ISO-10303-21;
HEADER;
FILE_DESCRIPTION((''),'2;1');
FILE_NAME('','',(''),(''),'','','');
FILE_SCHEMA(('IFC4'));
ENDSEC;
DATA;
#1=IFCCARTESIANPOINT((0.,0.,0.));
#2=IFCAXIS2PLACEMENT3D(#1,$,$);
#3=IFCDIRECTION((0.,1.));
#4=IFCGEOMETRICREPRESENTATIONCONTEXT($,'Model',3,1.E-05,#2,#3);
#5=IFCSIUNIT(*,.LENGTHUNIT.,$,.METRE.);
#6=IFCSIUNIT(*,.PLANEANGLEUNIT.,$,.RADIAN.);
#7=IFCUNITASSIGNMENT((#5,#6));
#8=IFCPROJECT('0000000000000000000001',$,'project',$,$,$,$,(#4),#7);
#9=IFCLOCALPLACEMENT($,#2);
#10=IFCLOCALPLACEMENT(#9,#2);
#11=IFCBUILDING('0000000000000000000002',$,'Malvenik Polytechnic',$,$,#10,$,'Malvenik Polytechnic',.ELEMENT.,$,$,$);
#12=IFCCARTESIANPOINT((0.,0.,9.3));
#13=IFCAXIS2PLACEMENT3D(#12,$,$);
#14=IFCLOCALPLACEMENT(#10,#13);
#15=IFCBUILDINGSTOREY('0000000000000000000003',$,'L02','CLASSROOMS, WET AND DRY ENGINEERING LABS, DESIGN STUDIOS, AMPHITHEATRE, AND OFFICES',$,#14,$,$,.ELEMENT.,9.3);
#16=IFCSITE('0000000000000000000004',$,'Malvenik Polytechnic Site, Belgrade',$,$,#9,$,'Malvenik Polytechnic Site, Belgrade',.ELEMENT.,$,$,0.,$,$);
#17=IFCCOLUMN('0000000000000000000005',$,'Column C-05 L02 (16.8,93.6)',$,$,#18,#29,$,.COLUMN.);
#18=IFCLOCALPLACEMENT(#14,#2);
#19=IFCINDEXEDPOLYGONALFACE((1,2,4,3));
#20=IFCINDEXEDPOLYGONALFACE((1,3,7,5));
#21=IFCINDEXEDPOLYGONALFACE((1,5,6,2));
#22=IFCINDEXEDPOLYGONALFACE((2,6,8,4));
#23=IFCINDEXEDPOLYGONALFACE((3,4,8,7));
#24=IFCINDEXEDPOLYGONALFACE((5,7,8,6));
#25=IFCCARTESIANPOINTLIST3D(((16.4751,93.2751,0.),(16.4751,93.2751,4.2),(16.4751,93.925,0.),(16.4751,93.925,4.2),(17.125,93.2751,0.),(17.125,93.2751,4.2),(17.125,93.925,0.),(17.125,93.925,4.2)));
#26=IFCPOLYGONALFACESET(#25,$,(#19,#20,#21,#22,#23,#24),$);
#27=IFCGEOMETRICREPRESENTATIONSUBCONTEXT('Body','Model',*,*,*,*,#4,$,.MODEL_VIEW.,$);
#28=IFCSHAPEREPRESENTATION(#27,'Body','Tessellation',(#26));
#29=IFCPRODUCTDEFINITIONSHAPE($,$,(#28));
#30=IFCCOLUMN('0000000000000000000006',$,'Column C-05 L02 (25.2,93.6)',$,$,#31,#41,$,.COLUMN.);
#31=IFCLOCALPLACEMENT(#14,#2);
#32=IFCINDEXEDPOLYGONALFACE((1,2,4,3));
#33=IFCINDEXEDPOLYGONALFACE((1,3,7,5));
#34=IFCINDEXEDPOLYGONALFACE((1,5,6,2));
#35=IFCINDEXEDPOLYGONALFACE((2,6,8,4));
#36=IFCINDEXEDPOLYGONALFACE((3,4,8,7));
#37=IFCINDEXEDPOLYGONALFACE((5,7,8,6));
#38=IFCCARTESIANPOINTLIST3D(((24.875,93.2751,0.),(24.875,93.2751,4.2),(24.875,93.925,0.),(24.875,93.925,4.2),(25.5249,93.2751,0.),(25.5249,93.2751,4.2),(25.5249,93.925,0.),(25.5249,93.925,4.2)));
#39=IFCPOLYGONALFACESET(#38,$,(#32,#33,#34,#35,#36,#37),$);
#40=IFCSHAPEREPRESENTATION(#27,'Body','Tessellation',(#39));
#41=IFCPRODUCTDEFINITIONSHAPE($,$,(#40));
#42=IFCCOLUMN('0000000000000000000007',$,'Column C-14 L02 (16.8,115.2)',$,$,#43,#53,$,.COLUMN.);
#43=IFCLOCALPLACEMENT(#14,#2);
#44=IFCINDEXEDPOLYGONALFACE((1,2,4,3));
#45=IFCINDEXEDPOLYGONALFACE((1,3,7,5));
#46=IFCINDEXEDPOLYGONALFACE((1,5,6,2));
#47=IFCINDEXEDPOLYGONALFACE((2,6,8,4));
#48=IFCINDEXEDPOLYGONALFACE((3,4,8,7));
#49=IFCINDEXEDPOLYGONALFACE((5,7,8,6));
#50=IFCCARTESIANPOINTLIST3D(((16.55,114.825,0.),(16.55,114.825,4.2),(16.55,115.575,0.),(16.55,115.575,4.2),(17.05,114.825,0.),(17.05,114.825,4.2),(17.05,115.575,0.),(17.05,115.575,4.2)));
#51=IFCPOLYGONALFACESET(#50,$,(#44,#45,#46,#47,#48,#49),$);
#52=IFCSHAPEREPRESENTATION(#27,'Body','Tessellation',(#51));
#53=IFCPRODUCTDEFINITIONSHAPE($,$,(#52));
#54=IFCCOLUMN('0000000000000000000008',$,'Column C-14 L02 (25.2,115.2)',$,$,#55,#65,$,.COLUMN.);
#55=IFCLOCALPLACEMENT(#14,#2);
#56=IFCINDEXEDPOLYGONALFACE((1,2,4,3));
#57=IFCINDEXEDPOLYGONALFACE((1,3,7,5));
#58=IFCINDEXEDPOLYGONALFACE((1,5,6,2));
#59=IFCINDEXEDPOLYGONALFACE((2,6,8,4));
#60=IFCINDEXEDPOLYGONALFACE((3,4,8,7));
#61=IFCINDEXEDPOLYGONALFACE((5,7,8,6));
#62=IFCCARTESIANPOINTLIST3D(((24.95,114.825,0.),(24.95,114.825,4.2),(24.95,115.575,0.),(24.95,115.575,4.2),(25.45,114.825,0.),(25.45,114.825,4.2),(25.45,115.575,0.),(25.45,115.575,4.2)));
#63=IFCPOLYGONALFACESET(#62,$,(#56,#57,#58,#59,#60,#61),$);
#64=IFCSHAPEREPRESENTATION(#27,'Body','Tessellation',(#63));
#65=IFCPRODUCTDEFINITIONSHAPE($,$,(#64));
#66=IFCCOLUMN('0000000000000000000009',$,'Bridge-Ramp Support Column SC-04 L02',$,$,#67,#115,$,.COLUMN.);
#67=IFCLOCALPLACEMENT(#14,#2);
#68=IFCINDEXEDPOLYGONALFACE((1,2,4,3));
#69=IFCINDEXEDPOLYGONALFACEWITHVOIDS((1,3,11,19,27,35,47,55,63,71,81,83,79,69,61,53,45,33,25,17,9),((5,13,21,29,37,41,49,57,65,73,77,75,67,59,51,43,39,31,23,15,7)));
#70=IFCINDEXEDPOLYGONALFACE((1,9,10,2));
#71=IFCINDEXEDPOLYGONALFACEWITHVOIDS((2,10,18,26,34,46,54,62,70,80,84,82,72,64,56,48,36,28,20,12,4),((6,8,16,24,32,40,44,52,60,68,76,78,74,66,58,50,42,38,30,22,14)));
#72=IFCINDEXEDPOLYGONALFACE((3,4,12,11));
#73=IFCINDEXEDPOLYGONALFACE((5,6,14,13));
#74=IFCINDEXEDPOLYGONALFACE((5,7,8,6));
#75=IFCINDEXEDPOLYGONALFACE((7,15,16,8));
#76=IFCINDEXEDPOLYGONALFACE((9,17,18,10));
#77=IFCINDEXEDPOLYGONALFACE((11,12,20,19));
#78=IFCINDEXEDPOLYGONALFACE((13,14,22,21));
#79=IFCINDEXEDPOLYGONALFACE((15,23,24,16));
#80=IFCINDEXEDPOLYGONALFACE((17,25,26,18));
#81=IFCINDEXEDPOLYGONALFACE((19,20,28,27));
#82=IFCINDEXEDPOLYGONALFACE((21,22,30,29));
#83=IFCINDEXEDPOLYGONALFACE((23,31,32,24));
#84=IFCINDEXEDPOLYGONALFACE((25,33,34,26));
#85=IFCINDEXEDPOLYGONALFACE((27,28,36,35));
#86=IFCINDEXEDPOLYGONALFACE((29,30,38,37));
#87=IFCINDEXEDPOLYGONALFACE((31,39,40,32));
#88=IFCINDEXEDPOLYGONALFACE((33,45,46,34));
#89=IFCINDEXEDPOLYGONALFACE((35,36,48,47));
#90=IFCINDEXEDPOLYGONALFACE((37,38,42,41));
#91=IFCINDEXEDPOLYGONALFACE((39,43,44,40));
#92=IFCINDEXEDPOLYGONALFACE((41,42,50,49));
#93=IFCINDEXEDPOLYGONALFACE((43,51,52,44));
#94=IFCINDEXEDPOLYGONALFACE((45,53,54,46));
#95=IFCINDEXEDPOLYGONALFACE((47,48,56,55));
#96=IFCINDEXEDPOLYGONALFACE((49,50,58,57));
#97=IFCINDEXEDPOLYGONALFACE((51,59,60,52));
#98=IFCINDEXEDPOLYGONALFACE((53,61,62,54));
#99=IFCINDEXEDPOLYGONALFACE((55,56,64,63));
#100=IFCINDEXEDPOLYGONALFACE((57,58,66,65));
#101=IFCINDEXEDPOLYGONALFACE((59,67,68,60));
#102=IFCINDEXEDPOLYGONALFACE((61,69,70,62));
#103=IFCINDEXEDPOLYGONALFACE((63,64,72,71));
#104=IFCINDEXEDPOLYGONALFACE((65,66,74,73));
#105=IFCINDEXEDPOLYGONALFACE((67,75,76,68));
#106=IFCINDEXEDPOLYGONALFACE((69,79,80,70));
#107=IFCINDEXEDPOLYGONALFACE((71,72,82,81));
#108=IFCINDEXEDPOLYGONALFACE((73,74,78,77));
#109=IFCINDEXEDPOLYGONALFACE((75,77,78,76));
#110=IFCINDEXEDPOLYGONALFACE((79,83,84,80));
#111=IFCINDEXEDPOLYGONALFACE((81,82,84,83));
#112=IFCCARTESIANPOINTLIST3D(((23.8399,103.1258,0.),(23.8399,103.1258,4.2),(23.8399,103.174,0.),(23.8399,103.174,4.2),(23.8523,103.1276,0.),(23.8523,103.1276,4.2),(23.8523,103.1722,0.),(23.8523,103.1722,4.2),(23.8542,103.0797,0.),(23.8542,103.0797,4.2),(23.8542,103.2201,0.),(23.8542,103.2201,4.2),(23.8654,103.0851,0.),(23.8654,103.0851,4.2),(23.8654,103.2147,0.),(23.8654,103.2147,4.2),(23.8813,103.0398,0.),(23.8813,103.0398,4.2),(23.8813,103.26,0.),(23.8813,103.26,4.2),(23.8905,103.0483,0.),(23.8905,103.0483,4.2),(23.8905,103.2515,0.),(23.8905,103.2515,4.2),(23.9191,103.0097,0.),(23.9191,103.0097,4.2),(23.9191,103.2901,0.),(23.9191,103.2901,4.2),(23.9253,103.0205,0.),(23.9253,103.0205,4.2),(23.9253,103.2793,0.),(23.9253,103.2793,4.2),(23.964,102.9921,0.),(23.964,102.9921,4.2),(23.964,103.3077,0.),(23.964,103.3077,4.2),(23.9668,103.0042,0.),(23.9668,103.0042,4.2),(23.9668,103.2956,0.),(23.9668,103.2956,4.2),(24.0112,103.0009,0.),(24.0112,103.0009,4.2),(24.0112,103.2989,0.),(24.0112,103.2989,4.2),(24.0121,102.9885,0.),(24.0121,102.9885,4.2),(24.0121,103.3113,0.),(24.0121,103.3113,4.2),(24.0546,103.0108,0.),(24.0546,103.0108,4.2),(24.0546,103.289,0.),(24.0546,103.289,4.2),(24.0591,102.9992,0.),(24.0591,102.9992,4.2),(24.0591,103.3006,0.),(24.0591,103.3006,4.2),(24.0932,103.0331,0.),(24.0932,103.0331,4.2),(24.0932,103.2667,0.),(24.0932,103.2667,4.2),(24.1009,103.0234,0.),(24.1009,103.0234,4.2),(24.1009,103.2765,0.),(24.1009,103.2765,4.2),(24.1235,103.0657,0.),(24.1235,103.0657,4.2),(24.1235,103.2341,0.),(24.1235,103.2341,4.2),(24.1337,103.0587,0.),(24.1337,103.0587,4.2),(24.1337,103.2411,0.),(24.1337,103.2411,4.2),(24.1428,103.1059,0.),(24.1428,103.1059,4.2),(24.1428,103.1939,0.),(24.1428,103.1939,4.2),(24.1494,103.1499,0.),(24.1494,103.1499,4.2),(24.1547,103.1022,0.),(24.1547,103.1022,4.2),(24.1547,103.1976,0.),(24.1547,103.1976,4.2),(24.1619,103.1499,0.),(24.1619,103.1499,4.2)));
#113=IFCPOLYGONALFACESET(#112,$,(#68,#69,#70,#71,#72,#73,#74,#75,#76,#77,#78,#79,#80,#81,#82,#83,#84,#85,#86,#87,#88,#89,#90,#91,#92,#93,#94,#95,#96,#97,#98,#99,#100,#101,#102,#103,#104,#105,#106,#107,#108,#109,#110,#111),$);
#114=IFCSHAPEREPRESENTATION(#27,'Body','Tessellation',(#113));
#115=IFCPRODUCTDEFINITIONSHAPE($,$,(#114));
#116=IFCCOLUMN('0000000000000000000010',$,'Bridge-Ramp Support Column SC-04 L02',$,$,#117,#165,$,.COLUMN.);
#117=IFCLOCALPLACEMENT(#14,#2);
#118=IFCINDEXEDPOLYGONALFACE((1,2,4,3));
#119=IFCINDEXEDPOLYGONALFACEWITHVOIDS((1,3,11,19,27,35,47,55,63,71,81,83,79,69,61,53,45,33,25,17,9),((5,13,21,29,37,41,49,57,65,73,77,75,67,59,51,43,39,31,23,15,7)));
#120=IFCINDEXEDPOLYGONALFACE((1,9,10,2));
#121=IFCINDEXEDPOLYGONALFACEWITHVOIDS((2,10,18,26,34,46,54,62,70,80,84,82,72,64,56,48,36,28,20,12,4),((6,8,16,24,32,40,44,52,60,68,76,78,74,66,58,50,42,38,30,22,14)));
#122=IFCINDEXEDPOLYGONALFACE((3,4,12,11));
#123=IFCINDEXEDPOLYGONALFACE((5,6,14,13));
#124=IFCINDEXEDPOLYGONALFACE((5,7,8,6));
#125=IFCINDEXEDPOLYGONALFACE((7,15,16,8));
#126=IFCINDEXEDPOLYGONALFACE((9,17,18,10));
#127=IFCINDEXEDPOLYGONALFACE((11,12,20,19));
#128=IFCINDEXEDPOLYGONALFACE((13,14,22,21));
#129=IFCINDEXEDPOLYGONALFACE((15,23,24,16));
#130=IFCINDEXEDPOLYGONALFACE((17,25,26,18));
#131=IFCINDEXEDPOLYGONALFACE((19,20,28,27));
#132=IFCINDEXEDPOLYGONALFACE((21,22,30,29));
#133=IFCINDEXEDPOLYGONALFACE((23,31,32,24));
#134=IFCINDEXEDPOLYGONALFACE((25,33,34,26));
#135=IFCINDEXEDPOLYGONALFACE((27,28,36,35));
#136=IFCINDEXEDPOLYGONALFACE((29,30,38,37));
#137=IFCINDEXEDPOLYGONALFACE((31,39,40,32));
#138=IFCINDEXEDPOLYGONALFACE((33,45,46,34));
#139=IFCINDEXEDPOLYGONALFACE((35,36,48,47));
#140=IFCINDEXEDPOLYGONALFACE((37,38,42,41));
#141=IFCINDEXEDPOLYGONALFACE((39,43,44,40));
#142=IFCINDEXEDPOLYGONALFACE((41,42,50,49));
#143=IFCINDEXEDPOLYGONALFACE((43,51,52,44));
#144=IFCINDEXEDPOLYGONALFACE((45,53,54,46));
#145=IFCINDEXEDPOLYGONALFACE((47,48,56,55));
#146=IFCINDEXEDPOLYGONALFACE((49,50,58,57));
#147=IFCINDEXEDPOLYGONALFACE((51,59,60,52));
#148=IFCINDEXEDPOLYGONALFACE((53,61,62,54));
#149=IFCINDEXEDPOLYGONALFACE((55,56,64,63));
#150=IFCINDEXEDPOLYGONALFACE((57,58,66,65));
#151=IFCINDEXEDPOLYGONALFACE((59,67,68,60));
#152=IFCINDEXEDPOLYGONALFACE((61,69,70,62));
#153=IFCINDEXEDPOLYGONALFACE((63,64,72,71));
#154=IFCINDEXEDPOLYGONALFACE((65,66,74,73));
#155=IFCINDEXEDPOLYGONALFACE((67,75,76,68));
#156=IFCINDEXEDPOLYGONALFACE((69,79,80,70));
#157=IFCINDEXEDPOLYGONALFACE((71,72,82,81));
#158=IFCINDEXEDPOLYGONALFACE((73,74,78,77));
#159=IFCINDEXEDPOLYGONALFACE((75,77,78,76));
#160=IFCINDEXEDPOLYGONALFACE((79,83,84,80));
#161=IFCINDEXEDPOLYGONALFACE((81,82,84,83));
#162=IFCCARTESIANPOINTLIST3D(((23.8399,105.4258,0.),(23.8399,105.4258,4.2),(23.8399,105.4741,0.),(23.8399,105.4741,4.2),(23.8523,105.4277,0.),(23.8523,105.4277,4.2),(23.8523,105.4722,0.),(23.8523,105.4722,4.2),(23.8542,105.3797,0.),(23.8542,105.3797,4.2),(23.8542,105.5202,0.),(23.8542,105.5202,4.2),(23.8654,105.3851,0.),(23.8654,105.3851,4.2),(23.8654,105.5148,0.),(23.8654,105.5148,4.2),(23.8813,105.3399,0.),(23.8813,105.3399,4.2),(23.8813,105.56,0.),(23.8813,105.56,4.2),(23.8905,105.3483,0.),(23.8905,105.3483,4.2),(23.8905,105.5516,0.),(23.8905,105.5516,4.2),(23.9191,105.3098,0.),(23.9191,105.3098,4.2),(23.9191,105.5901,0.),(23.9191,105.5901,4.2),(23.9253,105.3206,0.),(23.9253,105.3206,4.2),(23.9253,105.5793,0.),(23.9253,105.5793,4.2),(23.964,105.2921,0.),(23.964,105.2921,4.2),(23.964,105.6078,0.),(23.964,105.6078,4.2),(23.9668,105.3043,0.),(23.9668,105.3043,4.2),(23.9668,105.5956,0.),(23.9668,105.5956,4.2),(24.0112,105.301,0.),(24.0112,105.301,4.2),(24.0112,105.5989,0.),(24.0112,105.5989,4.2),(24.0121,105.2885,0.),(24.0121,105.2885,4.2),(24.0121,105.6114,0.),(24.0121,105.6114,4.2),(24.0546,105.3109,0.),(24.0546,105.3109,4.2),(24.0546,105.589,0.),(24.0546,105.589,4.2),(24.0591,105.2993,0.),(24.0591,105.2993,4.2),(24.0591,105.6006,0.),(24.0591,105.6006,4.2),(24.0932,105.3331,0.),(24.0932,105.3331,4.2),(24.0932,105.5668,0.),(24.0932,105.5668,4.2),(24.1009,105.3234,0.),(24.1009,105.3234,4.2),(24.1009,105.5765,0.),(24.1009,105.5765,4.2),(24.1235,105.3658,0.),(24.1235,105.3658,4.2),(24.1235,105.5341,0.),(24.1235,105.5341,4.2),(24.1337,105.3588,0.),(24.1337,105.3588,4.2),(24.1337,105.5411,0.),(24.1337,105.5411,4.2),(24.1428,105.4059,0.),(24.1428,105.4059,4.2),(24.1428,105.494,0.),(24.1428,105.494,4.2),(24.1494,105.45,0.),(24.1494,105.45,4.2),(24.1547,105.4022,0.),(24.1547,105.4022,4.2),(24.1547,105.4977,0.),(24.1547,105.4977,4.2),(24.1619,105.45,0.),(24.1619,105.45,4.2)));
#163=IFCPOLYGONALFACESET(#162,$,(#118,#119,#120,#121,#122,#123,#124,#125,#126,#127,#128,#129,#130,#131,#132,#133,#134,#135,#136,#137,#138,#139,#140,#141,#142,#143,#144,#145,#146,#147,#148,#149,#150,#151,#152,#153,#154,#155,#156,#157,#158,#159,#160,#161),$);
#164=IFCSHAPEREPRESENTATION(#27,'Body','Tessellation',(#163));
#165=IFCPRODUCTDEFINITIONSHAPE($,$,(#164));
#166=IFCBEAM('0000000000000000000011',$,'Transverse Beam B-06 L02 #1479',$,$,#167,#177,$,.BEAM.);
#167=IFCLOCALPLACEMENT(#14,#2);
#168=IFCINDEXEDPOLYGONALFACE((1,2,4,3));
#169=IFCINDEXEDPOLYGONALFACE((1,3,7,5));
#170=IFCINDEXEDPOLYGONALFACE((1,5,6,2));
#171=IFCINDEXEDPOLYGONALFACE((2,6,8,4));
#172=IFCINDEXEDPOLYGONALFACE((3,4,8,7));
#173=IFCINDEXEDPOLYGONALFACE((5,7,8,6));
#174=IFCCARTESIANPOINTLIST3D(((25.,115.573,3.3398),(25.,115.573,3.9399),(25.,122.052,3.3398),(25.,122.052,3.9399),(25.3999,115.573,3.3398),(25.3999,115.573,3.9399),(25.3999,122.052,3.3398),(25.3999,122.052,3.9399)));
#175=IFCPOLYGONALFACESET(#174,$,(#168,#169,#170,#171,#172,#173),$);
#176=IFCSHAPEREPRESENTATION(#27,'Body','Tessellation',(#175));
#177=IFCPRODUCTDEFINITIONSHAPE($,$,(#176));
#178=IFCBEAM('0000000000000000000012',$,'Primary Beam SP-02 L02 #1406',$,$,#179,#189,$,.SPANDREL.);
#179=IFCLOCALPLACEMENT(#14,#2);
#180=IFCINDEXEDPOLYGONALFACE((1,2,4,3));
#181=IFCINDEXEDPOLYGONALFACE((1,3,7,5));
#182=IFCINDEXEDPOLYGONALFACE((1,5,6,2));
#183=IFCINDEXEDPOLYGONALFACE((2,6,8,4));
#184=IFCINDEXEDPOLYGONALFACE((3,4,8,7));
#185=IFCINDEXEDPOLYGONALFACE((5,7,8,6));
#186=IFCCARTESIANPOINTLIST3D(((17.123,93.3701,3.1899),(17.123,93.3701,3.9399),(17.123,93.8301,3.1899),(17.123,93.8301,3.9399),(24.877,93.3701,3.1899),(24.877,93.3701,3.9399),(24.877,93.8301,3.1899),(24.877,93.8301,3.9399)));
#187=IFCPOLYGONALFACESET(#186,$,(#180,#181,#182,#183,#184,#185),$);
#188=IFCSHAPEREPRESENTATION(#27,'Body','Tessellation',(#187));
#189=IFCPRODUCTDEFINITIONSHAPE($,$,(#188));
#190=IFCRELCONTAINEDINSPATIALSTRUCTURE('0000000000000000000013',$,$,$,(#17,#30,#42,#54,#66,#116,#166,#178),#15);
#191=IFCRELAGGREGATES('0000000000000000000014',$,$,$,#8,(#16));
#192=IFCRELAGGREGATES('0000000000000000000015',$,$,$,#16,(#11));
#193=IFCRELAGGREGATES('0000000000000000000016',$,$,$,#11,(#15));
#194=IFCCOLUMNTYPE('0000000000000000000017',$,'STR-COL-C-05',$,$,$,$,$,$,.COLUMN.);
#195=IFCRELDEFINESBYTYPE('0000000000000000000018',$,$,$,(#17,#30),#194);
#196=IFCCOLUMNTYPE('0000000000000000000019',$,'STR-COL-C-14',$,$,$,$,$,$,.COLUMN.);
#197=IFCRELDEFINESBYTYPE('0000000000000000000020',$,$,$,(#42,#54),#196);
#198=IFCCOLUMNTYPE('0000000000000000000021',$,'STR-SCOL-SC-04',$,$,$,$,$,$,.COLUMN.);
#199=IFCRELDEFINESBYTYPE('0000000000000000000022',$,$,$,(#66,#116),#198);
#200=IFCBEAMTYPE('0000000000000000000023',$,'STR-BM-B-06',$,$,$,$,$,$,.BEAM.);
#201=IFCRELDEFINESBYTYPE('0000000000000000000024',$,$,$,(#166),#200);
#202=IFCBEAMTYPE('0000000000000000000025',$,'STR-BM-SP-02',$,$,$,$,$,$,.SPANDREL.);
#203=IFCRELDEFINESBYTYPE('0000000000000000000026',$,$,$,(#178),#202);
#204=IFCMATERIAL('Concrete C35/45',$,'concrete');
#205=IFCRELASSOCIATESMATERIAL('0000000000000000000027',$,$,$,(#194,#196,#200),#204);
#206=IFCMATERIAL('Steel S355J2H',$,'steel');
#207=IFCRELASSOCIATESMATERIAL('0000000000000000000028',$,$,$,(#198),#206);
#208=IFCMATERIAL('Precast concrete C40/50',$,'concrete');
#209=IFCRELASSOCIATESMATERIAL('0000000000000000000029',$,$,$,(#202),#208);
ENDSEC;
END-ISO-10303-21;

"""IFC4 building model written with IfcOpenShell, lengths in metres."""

from ifc_helpers import new_model, si_unit, direction, frame, origin, origin_2d, place, context, subcontext, project, spatial, rectangle, hollow_circle, extrude, material, material_profile, profile_set, type_object, element, save


model = new_model("IFC4")

# Units and contexts
model_context = context("Model", 3, precision=1e-05, world=origin(), true_north=direction((0.0, 1.0)))
body_context = subcontext(model_context, "Body", "Model", "MODEL_VIEW")
ifc_project = project(units=[si_unit("LENGTHUNIT", "METRE"), si_unit("PLANEANGLEUNIT", "RADIAN")], contexts=[model_context])

# Site, building, storey
site_placement = place(None, origin())
site = spatial("IfcSite", under=ifc_project, at=site_placement, Name="Malvenik Polytechnic Site, Belgrade", LongName="Malvenik Polytechnic Site, Belgrade", CompositionType="ELEMENT", RefElevation=0.0)
building_placement = place(site_placement, origin())
building = spatial("IfcBuilding", under=site, at=building_placement, Name="Malvenik Polytechnic", LongName="Malvenik Polytechnic", CompositionType="ELEMENT")
storey_placement = place(building_placement, frame((0.0, 0.0, 9.3)))
storey = spatial("IfcBuildingStorey", under=building, at=storey_placement, Name="L02", Description="CLASSROOMS, WET AND DRY ENGINEERING LABS, DESIGN STUDIOS, AMPHITHEATRE, AND OFFICES", CompositionType="ELEMENT", Elevation=9.3)

# Columns
ifc_material_1 = material(Name="Concrete C35/45", Category="concrete")
ifc_material_profile_1 = material_profile(ifc_material_1, rectangle(XDim=0.6499, YDim=0.6499, at=origin_2d()), Name="RC COL 650x650")
ifc_profile_set_1 = profile_set([ifc_material_profile_1], Name="Concrete C35/45")
column_type_1 = type_object("IfcColumnType", Name="STR-COL-C-05", PredefinedType="COLUMN", material=ifc_profile_set_1)
for number, where, z_axis, x_axis, name in (
    (1, (16.8, 93.6001, 0.0), (0.0, 0.0, 1.0), (1.0, 0.0, 0.0), "Column C-05 L02 (16.8,93.6)"),
    (2, (25.2, 93.6001, 0.0), (0.0, 0.0, 1.0), (1.0, 0.0, 0.0), "Column C-05 L02 (25.2,93.6)"),
):
    element("IfcColumn", number, at=place(storey_placement, frame(where, z_axis=z_axis, x_axis=x_axis)), inside=storey, type_object=column_type_1, Name=name, PredefinedType="COLUMN", context=body_context, shape_type="SweptSolid", body=[
        extrude(rectangle(XDim=0.6499, YDim=0.6499, at=origin_2d()), origin(), (0.0, 0.0, 1.0), 4.2),
    ])
ifc_material_profile_2 = material_profile(ifc_material_1, rectangle(XDim=0.5, YDim=0.75, at=origin_2d()), Name="RC COL 750x500")
ifc_profile_set_2 = profile_set([ifc_material_profile_2], Name="Concrete C35/45")
column_type_2 = type_object("IfcColumnType", Name="STR-COL-C-14", PredefinedType="COLUMN", material=ifc_profile_set_2)
for number, where, z_axis, x_axis, name in (
    (3, (16.8, 115.2, 0.0), (0.0, 0.0, 1.0), (1.0, 0.0, 0.0), "Column C-14 L02 (16.8,115.2)"),
    (4, (25.2, 115.2, 0.0), (0.0, 0.0, 1.0), (1.0, 0.0, 0.0), "Column C-14 L02 (25.2,115.2)"),
):
    element("IfcColumn", number, at=place(storey_placement, frame(where, z_axis=z_axis, x_axis=x_axis)), inside=storey, type_object=column_type_2, Name=name, PredefinedType="COLUMN", context=body_context, shape_type="SweptSolid", body=[
        extrude(rectangle(XDim=0.5, YDim=0.75, at=origin_2d()), origin(), (0.0, 0.0, 1.0), 4.2),
    ])
ifc_material_2 = material(Name="Steel S355J2H", Category="steel")
ifc_material_profile_3 = material_profile(ifc_material_2, hollow_circle(Radius=0.1619, WallThickness=0.0125, at=origin_2d()), Name="CHS 323.9x12.5")
ifc_profile_set_3 = profile_set([ifc_material_profile_3], Name="Steel S355J2H")
column_type_3 = type_object("IfcColumnType", Name="STR-SCOL-SC-04", PredefinedType="COLUMN", material=ifc_profile_set_3)
for number, where, z_axis, x_axis, name in (
    (5, (24.0, 103.1499, 0.0), (0.0, 0.0, 1.0), (1.0, 0.0, 0.0), "Bridge-Ramp Support Column SC-04 L02"),
    (6, (24.0, 105.45, 0.0), (0.0, 0.0, 1.0), (1.0, 0.0, 0.0), "Bridge-Ramp Support Column SC-04 L02"),
):
    element("IfcColumn", number, at=place(storey_placement, frame(where, z_axis=z_axis, x_axis=x_axis)), inside=storey, type_object=column_type_3, Name=name, PredefinedType="COLUMN", context=body_context, shape_type="SweptSolid", body=[
        extrude(hollow_circle(Radius=0.1619, WallThickness=0.0125, at=origin_2d()), origin(), (0.0, 0.0, 1.0), 4.2),
    ])

# Beams
ifc_material_profile_4 = material_profile(ifc_material_1, rectangle(XDim=0.3999, YDim=0.6001, at=origin_2d()), Name="RC BM 400x600")
ifc_profile_set_4 = profile_set([ifc_material_profile_4], Name="Concrete C35/45")
beam_type_1 = type_object("IfcBeamType", Name="STR-BM-B-06", PredefinedType="BEAM", material=ifc_profile_set_4)
beam_1_placement = place(storey_placement, frame((25.2, 115.573, 3.6399), z_axis=(0.0, 1.0, 0.0), x_axis=(-1.0, 0.0, 0.0)))
element("IfcBeam", 7, at=beam_1_placement, inside=storey, type_object=beam_type_1, Name="Transverse Beam B-06 L02 #1479", PredefinedType="BEAM", context=body_context, shape_type="SweptSolid", body=[
    extrude(rectangle(XDim=0.3999, YDim=0.6001, at=origin_2d()), origin(), (0.0, 0.0, 1.0), 6.479),
])
ifc_material_3 = material(Name="Precast concrete C40/50", Category="concrete")
ifc_material_profile_5 = material_profile(ifc_material_3, rectangle(XDim=0.46, YDim=0.75, at=origin_2d()), Name="PC SPN 460x750")
ifc_profile_set_5 = profile_set([ifc_material_profile_5], Name="Precast concrete C40/50")
beam_type_2 = type_object("IfcBeamType", Name="STR-BM-SP-02", PredefinedType="SPANDREL", material=ifc_profile_set_5)
beam_2_placement = place(storey_placement, frame((17.123, 93.6001, 3.5649), z_axis=(1.0, 0.0, 0.0), x_axis=(0.0, 1.0, 0.0)))
element("IfcBeam", 8, at=beam_2_placement, inside=storey, type_object=beam_type_2, Name="Primary Beam SP-02 L02 #1406", PredefinedType="SPANDREL", context=body_context, shape_type="SweptSolid", body=[
    extrude(rectangle(XDim=0.46, YDim=0.75, at=origin_2d()), origin(), (0.0, 0.0, 1.0), 7.7539),
])

save(model, "model.ifc")
